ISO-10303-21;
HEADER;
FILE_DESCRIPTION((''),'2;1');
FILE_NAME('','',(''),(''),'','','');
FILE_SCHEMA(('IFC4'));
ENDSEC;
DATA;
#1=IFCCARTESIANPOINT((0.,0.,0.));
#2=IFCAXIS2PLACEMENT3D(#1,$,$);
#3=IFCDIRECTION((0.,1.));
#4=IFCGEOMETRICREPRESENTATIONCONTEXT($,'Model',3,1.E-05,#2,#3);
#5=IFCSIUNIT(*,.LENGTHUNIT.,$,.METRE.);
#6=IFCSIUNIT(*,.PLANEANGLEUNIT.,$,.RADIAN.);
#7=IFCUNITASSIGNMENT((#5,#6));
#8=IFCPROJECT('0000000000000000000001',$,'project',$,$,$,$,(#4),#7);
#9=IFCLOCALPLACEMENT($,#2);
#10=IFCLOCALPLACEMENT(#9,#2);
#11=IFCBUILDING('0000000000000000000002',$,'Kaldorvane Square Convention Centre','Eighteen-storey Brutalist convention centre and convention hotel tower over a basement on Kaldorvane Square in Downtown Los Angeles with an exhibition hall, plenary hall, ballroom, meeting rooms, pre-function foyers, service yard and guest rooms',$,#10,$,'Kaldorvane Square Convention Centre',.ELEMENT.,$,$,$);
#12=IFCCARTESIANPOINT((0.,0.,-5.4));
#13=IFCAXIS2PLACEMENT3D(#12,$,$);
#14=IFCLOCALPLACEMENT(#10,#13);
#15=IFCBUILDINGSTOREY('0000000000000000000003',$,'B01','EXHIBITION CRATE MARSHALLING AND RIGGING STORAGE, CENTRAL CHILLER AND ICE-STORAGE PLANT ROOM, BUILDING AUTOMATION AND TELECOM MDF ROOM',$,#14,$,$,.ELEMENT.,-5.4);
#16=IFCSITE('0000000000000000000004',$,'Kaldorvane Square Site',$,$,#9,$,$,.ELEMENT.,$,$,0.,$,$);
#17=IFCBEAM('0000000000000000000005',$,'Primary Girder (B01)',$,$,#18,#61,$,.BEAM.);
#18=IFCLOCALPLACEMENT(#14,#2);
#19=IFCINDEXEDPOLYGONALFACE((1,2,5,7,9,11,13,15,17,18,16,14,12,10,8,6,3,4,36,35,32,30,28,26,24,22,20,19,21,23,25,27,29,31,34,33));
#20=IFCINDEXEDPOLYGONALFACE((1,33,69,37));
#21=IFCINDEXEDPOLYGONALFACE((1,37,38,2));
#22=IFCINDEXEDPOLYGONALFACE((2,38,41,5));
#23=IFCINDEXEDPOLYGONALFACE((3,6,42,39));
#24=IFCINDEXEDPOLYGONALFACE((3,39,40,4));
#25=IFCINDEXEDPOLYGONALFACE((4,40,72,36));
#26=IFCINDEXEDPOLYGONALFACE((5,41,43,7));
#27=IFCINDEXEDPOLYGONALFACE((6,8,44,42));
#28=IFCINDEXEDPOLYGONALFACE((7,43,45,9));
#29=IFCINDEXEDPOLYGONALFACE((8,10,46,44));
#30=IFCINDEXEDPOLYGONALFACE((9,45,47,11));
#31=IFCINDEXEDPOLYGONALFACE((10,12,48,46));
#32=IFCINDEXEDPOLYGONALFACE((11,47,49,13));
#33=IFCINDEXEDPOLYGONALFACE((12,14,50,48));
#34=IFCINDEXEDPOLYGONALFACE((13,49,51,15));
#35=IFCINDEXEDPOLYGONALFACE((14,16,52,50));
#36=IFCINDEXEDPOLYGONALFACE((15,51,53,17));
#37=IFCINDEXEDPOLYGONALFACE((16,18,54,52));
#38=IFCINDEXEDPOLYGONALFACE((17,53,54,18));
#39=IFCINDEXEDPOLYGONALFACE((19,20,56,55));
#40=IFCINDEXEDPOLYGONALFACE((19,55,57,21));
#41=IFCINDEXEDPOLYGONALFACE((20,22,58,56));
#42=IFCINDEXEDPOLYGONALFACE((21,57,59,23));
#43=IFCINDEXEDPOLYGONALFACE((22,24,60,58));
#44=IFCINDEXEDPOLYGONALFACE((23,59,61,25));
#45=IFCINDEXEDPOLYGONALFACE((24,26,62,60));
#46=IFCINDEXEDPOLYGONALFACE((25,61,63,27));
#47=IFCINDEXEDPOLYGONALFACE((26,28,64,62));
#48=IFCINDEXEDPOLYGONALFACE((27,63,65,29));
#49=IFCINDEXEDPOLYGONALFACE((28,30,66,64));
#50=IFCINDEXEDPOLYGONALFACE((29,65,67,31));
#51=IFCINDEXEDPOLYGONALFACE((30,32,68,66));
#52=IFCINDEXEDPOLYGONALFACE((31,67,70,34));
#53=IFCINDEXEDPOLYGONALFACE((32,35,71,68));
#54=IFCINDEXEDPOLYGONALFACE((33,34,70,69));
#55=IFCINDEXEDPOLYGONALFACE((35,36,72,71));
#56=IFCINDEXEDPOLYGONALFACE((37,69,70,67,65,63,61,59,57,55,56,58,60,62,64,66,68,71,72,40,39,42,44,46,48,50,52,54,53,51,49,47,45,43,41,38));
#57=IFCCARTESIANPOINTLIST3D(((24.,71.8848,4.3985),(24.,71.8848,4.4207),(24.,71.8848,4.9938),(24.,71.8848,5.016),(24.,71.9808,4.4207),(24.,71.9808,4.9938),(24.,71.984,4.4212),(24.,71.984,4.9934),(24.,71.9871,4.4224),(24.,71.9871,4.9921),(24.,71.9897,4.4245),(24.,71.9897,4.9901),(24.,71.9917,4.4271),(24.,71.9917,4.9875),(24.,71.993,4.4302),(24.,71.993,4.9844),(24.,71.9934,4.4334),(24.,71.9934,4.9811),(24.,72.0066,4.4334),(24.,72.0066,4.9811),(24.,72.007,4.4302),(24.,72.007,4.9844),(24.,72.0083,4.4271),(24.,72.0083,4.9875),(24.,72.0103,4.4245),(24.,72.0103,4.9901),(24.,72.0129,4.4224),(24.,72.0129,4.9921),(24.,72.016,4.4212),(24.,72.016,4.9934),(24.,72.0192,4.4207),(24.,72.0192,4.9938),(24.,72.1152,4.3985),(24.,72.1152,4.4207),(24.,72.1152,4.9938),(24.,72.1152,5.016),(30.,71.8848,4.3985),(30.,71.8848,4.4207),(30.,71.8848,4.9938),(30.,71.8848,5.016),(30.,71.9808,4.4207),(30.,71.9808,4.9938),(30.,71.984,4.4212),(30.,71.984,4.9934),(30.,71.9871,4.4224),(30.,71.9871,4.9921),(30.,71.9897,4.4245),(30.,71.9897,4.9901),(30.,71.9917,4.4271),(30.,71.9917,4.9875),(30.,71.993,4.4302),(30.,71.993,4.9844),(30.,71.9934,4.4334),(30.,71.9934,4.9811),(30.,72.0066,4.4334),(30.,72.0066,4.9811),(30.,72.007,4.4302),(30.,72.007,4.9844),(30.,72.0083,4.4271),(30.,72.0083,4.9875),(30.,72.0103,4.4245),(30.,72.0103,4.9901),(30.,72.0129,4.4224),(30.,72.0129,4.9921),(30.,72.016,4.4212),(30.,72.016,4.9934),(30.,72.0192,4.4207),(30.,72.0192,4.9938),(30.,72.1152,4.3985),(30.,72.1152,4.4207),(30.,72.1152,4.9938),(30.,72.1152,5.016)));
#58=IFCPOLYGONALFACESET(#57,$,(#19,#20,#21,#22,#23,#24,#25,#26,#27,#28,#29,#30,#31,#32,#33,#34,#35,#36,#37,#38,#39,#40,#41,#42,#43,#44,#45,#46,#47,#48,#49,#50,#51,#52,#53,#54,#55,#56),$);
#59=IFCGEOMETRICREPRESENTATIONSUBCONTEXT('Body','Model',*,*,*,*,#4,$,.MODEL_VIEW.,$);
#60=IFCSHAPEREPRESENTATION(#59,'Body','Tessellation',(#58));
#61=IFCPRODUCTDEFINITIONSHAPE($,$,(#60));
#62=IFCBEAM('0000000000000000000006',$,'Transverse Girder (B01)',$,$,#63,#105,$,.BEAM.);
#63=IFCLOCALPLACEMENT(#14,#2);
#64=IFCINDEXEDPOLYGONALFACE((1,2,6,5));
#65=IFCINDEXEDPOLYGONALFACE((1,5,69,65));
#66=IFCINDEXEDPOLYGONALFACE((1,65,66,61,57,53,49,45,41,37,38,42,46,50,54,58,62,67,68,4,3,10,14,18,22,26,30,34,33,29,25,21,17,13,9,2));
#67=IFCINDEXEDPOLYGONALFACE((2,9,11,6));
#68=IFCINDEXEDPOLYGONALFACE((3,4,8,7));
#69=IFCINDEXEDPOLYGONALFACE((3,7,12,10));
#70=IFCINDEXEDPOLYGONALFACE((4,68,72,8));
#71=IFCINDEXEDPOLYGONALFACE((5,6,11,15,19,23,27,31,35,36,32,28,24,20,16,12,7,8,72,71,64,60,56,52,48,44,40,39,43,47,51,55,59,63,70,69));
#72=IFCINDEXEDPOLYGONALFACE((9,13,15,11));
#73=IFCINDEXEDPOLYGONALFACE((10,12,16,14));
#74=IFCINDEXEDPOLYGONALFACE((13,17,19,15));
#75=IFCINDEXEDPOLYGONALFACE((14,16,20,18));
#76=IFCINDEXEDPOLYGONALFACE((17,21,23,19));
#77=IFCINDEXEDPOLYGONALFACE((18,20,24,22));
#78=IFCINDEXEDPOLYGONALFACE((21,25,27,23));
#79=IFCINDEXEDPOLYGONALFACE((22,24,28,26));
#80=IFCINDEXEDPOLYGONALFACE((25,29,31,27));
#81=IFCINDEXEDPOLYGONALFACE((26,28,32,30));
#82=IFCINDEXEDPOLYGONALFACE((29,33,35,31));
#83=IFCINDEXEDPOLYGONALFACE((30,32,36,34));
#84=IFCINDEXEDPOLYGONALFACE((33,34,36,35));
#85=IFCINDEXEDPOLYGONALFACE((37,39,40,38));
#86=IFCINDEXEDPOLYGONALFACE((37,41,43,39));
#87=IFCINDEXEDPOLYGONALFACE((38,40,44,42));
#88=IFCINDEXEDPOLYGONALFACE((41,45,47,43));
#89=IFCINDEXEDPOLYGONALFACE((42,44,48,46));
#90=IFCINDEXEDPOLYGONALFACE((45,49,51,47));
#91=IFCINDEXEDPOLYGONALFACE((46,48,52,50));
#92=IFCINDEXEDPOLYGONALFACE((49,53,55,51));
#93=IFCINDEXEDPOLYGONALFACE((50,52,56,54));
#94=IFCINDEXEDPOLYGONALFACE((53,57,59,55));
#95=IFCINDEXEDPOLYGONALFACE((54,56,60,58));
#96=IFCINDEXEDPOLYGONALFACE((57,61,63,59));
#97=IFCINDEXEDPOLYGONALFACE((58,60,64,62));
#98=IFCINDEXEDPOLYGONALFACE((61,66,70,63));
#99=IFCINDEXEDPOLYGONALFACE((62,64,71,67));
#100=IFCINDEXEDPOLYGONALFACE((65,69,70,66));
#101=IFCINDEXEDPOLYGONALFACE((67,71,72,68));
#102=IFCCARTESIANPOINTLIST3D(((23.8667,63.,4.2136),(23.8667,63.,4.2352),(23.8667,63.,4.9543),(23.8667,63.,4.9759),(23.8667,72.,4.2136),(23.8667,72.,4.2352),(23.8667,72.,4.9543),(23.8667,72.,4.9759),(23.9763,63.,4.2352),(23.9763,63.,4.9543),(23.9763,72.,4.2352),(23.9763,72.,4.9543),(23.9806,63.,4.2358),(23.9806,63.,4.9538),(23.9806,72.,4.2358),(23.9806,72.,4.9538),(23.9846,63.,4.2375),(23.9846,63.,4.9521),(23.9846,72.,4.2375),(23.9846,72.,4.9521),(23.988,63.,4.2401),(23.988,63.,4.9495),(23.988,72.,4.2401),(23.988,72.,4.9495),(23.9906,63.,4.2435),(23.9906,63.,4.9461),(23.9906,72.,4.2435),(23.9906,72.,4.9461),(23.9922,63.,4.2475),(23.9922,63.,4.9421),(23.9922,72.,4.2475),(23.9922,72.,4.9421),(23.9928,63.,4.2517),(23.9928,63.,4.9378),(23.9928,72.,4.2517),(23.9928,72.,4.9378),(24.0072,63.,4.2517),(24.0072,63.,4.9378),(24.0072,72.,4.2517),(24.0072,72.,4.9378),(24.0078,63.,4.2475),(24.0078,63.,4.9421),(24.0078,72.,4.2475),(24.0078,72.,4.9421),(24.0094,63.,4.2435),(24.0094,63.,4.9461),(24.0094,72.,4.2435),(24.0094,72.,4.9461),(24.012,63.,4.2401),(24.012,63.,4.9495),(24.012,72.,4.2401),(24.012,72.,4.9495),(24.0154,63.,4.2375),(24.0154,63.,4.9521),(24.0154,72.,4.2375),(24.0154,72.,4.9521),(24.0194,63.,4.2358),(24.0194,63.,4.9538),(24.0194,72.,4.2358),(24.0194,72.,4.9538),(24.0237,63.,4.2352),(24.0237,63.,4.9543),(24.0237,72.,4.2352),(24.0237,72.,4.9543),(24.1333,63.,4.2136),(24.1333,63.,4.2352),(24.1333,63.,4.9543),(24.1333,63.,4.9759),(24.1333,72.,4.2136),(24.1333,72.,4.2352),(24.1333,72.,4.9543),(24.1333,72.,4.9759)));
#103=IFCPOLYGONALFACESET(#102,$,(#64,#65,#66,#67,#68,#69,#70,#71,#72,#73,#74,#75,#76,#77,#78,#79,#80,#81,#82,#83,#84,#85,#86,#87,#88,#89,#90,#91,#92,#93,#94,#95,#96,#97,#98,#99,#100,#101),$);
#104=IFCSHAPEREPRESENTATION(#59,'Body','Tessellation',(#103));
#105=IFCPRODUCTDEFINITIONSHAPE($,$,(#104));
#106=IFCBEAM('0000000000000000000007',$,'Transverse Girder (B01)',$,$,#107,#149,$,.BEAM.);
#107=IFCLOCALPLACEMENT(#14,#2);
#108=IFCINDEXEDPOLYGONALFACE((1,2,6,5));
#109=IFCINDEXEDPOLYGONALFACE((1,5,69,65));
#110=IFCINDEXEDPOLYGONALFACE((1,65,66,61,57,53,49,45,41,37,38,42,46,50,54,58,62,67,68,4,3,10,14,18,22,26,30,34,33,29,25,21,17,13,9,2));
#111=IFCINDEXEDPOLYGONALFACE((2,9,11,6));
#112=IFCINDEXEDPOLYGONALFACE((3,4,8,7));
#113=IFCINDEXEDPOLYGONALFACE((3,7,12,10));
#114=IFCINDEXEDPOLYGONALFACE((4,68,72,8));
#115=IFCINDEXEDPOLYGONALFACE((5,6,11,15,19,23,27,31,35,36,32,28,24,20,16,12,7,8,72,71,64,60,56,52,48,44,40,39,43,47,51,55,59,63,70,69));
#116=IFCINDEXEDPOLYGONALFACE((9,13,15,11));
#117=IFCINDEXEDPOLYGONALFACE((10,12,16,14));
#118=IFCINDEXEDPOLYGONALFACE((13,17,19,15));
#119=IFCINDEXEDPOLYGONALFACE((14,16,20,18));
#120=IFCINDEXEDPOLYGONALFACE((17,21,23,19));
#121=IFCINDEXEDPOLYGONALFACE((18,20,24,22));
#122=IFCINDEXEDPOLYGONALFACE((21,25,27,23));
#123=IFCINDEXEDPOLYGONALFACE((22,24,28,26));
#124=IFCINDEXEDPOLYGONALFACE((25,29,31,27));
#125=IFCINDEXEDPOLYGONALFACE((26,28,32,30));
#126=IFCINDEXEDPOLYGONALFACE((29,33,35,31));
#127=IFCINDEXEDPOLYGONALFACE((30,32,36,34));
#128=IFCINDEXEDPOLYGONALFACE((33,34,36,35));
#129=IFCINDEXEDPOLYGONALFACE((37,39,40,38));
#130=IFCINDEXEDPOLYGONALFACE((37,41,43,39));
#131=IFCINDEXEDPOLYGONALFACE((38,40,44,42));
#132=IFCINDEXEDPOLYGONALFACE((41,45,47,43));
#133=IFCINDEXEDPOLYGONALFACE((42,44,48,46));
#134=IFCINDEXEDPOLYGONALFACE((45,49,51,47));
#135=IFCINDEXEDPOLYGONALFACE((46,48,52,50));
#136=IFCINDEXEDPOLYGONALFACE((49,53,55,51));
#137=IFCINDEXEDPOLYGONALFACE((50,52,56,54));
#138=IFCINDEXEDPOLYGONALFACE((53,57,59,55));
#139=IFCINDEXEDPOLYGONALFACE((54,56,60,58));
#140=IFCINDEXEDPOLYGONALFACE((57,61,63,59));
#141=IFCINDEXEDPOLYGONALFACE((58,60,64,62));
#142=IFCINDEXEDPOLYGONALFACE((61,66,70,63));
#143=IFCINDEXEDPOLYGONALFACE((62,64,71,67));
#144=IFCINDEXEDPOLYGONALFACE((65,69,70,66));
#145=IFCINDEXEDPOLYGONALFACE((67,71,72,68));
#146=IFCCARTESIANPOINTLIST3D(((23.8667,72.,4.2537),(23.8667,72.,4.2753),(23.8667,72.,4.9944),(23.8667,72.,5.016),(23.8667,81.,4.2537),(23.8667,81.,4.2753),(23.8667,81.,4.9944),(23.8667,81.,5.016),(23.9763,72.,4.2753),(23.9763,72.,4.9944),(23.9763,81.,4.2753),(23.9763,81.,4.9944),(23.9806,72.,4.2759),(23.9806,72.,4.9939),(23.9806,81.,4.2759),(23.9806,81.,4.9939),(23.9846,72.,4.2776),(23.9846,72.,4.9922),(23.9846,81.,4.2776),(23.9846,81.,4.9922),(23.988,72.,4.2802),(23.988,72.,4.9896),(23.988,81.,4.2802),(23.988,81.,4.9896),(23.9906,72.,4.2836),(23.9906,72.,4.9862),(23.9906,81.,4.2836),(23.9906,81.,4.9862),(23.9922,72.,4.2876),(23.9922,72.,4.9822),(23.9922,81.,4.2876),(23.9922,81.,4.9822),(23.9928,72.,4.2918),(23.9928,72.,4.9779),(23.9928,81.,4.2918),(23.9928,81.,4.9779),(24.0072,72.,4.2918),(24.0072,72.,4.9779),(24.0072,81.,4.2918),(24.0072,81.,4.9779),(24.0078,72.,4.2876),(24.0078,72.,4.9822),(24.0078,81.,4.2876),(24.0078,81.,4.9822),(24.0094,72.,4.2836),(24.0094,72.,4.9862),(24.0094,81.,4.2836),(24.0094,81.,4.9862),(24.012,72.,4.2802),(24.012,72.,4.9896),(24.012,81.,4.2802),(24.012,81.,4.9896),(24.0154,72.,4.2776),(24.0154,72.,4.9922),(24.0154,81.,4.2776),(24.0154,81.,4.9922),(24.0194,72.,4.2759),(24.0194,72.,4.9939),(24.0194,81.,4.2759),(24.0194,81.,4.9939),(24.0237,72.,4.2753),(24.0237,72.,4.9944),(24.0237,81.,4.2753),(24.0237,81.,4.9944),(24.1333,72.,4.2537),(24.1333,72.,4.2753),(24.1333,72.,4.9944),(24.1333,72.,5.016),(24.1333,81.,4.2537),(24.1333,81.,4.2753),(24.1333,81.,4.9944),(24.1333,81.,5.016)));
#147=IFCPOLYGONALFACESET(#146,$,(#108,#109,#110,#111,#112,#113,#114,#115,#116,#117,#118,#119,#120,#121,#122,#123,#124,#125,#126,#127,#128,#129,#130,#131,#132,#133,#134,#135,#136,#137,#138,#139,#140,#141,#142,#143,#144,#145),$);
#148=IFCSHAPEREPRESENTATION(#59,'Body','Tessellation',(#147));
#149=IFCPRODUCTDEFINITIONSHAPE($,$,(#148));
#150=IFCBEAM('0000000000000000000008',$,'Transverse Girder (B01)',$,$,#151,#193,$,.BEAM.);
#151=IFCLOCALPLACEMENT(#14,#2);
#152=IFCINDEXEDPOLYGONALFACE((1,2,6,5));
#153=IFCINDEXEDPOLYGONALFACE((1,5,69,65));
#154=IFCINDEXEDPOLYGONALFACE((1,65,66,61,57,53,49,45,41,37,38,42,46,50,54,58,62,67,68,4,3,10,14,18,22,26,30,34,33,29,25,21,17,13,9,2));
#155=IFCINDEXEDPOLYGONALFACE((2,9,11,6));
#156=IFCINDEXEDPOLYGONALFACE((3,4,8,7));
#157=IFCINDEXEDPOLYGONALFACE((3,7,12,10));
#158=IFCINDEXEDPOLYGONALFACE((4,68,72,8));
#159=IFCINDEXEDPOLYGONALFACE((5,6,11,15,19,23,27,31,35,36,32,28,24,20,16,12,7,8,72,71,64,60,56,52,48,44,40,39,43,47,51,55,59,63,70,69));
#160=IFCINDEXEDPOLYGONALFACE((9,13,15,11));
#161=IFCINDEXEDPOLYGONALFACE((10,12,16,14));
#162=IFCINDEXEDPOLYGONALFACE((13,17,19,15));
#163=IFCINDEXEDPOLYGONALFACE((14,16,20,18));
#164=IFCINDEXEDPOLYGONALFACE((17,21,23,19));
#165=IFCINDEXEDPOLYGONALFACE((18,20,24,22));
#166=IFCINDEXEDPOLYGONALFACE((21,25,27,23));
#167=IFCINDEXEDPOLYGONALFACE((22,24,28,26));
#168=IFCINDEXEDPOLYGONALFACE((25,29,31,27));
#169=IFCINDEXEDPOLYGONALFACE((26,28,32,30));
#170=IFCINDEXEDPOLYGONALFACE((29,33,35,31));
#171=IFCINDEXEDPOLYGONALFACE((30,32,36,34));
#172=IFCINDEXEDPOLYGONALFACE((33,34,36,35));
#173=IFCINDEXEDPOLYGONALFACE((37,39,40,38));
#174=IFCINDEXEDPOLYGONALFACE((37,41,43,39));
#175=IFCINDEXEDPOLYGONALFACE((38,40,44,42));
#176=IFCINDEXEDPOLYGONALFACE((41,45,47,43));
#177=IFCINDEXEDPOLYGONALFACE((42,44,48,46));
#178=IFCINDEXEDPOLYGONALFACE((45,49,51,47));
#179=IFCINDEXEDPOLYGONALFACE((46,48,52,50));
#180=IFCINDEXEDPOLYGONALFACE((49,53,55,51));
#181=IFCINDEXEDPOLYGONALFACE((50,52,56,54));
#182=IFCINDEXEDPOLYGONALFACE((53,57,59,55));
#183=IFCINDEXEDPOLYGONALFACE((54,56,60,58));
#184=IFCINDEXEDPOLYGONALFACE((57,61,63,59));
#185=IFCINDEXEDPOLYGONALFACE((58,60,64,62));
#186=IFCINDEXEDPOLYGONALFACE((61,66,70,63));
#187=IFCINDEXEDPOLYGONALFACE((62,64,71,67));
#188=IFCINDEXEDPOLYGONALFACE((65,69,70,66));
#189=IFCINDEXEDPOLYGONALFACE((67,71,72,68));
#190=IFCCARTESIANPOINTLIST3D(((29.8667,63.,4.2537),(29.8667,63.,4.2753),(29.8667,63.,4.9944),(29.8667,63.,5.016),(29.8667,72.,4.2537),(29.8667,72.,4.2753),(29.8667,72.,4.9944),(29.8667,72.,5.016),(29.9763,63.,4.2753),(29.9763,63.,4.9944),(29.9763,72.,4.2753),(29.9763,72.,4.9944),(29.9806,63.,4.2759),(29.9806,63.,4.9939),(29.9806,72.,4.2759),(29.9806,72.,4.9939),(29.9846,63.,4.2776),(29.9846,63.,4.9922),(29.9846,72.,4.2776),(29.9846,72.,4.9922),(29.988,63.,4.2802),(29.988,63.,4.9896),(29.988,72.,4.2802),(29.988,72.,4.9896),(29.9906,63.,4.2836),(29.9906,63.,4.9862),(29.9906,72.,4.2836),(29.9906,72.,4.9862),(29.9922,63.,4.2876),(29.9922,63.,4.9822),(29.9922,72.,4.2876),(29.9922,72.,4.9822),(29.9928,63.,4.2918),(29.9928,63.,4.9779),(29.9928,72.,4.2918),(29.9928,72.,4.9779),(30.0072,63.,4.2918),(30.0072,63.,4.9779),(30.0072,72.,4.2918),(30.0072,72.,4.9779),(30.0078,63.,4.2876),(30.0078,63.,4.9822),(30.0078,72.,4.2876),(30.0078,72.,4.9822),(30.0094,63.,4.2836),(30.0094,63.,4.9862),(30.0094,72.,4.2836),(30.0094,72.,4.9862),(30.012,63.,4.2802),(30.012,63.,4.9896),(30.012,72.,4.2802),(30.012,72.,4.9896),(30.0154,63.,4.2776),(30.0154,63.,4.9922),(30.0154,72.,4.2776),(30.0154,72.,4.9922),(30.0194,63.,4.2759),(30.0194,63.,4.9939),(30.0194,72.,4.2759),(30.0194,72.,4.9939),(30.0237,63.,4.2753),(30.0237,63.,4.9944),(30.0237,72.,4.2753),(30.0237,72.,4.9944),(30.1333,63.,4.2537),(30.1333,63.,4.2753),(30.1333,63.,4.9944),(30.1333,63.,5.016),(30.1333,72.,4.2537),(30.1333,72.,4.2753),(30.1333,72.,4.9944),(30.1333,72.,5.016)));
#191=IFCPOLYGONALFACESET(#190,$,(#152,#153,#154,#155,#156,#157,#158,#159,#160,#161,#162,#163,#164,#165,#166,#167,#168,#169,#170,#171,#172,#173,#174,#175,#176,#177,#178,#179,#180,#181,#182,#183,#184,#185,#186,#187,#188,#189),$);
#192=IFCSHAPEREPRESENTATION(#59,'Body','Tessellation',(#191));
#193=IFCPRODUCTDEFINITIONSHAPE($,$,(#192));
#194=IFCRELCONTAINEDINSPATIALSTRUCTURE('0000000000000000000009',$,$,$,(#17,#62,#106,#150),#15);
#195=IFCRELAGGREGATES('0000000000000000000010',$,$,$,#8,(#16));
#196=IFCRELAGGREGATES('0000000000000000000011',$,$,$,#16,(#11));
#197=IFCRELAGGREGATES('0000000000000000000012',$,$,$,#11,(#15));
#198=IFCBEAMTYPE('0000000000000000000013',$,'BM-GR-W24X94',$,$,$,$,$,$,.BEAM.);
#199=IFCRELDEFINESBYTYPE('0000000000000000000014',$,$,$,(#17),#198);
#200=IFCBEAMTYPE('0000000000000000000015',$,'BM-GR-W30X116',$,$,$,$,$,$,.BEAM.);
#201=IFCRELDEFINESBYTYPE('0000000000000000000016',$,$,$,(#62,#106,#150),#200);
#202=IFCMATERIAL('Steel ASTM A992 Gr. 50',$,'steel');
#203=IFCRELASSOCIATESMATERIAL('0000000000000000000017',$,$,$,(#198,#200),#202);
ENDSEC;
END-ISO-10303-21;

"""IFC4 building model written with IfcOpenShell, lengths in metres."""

from ifc_helpers import new_model, si_unit, direction, frame, origin, origin_2d, place, context, subcontext, project, spatial, i_section, extrude, material, material_profile, profile_set, type_object, element, save


model = new_model("IFC4")

# Units and contexts
model_context = context("Model", 3, precision=1e-05, world=origin(), true_north=direction((0.0, 1.0)))
body_context = subcontext(model_context, "Body", "Model", "MODEL_VIEW")
ifc_project = project(units=[si_unit("LENGTHUNIT", "METRE"), si_unit("PLANEANGLEUNIT", "RADIAN")], contexts=[model_context])

# Site, building, storey
site_placement = place(None, origin())
site = spatial("IfcSite", under=ifc_project, at=site_placement, Name="Kaldorvane Square Site", CompositionType="ELEMENT", RefElevation=0.0)
building_placement = place(site_placement, origin())
building = spatial("IfcBuilding", under=site, at=building_placement, Name="Kaldorvane Square Convention Centre", Description="Eighteen-storey Brutalist convention centre and convention hotel tower over a basement on Kaldorvane Square in Downtown Los Angeles with an exhibition hall, plenary hall, ballroom, meeting rooms, pre-function foyers, service yard and guest rooms", LongName="Kaldorvane Square Convention Centre", CompositionType="ELEMENT")
storey_placement = place(building_placement, frame((0.0, 0.0, -5.4)))
storey = spatial("IfcBuildingStorey", under=building, at=storey_placement, Name="B01", Description="EXHIBITION CRATE MARSHALLING AND RIGGING STORAGE, CENTRAL CHILLER AND ICE-STORAGE PLANT ROOM, BUILDING AUTOMATION AND TELECOM MDF ROOM", CompositionType="ELEMENT", Elevation=-5.4)

# Shared definitions
ifc_material_1 = material(Name="Steel ASTM A992 Gr. 50", Category="steel")

# Beams
ifc_material_profile_1 = material_profile(ifc_material_1, i_section(OverallWidth=0.2303, OverallDepth=0.6175, WebThickness=0.0131, FlangeThickness=0.0222, FilletRadius=0.0127, at=origin_2d()), Name="W24X94")
ifc_profile_set_1 = profile_set([ifc_material_profile_1], Name="Steel ASTM A992 Gr. 50")
beam_type_1 = type_object("IfcBeamType", Name="BM-GR-W24X94", PredefinedType="BEAM", material=ifc_profile_set_1)
for number, where, z_axis, x_axis, name in (
    (1, (24.0, 72.0, 4.7073), (1.0, 0.0, 0.0), (0.0, 1.0, 0.0), "Primary Girder (B01)"),
):
    element("IfcBeam", number, at=place(storey_placement, frame(where, z_axis=z_axis, x_axis=x_axis)), inside=storey, type_object=beam_type_1, Name=name, PredefinedType="BEAM", context=body_context, shape_type="SweptSolid", body=[
        extrude(i_section(OverallWidth=0.2303, OverallDepth=0.6175, WebThickness=0.0131, FlangeThickness=0.0222, FilletRadius=0.0127, at=origin_2d()), origin(), (0.0, 0.0, 1.0), 6.0),
    ])
ifc_material_profile_2 = material_profile(ifc_material_1, i_section(OverallWidth=0.2666, OverallDepth=0.7623, WebThickness=0.0144, FlangeThickness=0.0216, FilletRadius=0.0165, at=origin_2d()), Name="W30X116")
ifc_profile_set_2 = profile_set([ifc_material_profile_2], Name="Steel ASTM A992 Gr. 50")
beam_type_2 = type_object("IfcBeamType", Name="BM-GR-W30X116", PredefinedType="BEAM", material=ifc_profile_set_2)
for number, where, z_axis, x_axis, name in (
    (2, (24.0, 63.0, 4.5948), (0.0, 1.0, 0.0), (-1.0, 0.0, 0.0), "Transverse Girder (B01)"),
    (3, (24.0, 72.0, 4.6349), (0.0, 1.0, 0.0), (-1.0, 0.0, 0.0), "Transverse Girder (B01)"),
    (4, (30.0, 63.0, 4.6349), (0.0, 1.0, 0.0), (-1.0, 0.0, 0.0), "Transverse Girder (B01)"),
):
    element("IfcBeam", number, at=place(storey_placement, frame(where, z_axis=z_axis, x_axis=x_axis)), inside=storey, type_object=beam_type_2, Name=name, PredefinedType="BEAM", context=body_context, shape_type="SweptSolid", body=[
        extrude(i_section(OverallWidth=0.2666, OverallDepth=0.7623, WebThickness=0.0144, FlangeThickness=0.0216, FilletRadius=0.0165, at=origin_2d()), origin(), (0.0, 0.0, 1.0), 9.0),
    ])

save(model, "model.ifc")
